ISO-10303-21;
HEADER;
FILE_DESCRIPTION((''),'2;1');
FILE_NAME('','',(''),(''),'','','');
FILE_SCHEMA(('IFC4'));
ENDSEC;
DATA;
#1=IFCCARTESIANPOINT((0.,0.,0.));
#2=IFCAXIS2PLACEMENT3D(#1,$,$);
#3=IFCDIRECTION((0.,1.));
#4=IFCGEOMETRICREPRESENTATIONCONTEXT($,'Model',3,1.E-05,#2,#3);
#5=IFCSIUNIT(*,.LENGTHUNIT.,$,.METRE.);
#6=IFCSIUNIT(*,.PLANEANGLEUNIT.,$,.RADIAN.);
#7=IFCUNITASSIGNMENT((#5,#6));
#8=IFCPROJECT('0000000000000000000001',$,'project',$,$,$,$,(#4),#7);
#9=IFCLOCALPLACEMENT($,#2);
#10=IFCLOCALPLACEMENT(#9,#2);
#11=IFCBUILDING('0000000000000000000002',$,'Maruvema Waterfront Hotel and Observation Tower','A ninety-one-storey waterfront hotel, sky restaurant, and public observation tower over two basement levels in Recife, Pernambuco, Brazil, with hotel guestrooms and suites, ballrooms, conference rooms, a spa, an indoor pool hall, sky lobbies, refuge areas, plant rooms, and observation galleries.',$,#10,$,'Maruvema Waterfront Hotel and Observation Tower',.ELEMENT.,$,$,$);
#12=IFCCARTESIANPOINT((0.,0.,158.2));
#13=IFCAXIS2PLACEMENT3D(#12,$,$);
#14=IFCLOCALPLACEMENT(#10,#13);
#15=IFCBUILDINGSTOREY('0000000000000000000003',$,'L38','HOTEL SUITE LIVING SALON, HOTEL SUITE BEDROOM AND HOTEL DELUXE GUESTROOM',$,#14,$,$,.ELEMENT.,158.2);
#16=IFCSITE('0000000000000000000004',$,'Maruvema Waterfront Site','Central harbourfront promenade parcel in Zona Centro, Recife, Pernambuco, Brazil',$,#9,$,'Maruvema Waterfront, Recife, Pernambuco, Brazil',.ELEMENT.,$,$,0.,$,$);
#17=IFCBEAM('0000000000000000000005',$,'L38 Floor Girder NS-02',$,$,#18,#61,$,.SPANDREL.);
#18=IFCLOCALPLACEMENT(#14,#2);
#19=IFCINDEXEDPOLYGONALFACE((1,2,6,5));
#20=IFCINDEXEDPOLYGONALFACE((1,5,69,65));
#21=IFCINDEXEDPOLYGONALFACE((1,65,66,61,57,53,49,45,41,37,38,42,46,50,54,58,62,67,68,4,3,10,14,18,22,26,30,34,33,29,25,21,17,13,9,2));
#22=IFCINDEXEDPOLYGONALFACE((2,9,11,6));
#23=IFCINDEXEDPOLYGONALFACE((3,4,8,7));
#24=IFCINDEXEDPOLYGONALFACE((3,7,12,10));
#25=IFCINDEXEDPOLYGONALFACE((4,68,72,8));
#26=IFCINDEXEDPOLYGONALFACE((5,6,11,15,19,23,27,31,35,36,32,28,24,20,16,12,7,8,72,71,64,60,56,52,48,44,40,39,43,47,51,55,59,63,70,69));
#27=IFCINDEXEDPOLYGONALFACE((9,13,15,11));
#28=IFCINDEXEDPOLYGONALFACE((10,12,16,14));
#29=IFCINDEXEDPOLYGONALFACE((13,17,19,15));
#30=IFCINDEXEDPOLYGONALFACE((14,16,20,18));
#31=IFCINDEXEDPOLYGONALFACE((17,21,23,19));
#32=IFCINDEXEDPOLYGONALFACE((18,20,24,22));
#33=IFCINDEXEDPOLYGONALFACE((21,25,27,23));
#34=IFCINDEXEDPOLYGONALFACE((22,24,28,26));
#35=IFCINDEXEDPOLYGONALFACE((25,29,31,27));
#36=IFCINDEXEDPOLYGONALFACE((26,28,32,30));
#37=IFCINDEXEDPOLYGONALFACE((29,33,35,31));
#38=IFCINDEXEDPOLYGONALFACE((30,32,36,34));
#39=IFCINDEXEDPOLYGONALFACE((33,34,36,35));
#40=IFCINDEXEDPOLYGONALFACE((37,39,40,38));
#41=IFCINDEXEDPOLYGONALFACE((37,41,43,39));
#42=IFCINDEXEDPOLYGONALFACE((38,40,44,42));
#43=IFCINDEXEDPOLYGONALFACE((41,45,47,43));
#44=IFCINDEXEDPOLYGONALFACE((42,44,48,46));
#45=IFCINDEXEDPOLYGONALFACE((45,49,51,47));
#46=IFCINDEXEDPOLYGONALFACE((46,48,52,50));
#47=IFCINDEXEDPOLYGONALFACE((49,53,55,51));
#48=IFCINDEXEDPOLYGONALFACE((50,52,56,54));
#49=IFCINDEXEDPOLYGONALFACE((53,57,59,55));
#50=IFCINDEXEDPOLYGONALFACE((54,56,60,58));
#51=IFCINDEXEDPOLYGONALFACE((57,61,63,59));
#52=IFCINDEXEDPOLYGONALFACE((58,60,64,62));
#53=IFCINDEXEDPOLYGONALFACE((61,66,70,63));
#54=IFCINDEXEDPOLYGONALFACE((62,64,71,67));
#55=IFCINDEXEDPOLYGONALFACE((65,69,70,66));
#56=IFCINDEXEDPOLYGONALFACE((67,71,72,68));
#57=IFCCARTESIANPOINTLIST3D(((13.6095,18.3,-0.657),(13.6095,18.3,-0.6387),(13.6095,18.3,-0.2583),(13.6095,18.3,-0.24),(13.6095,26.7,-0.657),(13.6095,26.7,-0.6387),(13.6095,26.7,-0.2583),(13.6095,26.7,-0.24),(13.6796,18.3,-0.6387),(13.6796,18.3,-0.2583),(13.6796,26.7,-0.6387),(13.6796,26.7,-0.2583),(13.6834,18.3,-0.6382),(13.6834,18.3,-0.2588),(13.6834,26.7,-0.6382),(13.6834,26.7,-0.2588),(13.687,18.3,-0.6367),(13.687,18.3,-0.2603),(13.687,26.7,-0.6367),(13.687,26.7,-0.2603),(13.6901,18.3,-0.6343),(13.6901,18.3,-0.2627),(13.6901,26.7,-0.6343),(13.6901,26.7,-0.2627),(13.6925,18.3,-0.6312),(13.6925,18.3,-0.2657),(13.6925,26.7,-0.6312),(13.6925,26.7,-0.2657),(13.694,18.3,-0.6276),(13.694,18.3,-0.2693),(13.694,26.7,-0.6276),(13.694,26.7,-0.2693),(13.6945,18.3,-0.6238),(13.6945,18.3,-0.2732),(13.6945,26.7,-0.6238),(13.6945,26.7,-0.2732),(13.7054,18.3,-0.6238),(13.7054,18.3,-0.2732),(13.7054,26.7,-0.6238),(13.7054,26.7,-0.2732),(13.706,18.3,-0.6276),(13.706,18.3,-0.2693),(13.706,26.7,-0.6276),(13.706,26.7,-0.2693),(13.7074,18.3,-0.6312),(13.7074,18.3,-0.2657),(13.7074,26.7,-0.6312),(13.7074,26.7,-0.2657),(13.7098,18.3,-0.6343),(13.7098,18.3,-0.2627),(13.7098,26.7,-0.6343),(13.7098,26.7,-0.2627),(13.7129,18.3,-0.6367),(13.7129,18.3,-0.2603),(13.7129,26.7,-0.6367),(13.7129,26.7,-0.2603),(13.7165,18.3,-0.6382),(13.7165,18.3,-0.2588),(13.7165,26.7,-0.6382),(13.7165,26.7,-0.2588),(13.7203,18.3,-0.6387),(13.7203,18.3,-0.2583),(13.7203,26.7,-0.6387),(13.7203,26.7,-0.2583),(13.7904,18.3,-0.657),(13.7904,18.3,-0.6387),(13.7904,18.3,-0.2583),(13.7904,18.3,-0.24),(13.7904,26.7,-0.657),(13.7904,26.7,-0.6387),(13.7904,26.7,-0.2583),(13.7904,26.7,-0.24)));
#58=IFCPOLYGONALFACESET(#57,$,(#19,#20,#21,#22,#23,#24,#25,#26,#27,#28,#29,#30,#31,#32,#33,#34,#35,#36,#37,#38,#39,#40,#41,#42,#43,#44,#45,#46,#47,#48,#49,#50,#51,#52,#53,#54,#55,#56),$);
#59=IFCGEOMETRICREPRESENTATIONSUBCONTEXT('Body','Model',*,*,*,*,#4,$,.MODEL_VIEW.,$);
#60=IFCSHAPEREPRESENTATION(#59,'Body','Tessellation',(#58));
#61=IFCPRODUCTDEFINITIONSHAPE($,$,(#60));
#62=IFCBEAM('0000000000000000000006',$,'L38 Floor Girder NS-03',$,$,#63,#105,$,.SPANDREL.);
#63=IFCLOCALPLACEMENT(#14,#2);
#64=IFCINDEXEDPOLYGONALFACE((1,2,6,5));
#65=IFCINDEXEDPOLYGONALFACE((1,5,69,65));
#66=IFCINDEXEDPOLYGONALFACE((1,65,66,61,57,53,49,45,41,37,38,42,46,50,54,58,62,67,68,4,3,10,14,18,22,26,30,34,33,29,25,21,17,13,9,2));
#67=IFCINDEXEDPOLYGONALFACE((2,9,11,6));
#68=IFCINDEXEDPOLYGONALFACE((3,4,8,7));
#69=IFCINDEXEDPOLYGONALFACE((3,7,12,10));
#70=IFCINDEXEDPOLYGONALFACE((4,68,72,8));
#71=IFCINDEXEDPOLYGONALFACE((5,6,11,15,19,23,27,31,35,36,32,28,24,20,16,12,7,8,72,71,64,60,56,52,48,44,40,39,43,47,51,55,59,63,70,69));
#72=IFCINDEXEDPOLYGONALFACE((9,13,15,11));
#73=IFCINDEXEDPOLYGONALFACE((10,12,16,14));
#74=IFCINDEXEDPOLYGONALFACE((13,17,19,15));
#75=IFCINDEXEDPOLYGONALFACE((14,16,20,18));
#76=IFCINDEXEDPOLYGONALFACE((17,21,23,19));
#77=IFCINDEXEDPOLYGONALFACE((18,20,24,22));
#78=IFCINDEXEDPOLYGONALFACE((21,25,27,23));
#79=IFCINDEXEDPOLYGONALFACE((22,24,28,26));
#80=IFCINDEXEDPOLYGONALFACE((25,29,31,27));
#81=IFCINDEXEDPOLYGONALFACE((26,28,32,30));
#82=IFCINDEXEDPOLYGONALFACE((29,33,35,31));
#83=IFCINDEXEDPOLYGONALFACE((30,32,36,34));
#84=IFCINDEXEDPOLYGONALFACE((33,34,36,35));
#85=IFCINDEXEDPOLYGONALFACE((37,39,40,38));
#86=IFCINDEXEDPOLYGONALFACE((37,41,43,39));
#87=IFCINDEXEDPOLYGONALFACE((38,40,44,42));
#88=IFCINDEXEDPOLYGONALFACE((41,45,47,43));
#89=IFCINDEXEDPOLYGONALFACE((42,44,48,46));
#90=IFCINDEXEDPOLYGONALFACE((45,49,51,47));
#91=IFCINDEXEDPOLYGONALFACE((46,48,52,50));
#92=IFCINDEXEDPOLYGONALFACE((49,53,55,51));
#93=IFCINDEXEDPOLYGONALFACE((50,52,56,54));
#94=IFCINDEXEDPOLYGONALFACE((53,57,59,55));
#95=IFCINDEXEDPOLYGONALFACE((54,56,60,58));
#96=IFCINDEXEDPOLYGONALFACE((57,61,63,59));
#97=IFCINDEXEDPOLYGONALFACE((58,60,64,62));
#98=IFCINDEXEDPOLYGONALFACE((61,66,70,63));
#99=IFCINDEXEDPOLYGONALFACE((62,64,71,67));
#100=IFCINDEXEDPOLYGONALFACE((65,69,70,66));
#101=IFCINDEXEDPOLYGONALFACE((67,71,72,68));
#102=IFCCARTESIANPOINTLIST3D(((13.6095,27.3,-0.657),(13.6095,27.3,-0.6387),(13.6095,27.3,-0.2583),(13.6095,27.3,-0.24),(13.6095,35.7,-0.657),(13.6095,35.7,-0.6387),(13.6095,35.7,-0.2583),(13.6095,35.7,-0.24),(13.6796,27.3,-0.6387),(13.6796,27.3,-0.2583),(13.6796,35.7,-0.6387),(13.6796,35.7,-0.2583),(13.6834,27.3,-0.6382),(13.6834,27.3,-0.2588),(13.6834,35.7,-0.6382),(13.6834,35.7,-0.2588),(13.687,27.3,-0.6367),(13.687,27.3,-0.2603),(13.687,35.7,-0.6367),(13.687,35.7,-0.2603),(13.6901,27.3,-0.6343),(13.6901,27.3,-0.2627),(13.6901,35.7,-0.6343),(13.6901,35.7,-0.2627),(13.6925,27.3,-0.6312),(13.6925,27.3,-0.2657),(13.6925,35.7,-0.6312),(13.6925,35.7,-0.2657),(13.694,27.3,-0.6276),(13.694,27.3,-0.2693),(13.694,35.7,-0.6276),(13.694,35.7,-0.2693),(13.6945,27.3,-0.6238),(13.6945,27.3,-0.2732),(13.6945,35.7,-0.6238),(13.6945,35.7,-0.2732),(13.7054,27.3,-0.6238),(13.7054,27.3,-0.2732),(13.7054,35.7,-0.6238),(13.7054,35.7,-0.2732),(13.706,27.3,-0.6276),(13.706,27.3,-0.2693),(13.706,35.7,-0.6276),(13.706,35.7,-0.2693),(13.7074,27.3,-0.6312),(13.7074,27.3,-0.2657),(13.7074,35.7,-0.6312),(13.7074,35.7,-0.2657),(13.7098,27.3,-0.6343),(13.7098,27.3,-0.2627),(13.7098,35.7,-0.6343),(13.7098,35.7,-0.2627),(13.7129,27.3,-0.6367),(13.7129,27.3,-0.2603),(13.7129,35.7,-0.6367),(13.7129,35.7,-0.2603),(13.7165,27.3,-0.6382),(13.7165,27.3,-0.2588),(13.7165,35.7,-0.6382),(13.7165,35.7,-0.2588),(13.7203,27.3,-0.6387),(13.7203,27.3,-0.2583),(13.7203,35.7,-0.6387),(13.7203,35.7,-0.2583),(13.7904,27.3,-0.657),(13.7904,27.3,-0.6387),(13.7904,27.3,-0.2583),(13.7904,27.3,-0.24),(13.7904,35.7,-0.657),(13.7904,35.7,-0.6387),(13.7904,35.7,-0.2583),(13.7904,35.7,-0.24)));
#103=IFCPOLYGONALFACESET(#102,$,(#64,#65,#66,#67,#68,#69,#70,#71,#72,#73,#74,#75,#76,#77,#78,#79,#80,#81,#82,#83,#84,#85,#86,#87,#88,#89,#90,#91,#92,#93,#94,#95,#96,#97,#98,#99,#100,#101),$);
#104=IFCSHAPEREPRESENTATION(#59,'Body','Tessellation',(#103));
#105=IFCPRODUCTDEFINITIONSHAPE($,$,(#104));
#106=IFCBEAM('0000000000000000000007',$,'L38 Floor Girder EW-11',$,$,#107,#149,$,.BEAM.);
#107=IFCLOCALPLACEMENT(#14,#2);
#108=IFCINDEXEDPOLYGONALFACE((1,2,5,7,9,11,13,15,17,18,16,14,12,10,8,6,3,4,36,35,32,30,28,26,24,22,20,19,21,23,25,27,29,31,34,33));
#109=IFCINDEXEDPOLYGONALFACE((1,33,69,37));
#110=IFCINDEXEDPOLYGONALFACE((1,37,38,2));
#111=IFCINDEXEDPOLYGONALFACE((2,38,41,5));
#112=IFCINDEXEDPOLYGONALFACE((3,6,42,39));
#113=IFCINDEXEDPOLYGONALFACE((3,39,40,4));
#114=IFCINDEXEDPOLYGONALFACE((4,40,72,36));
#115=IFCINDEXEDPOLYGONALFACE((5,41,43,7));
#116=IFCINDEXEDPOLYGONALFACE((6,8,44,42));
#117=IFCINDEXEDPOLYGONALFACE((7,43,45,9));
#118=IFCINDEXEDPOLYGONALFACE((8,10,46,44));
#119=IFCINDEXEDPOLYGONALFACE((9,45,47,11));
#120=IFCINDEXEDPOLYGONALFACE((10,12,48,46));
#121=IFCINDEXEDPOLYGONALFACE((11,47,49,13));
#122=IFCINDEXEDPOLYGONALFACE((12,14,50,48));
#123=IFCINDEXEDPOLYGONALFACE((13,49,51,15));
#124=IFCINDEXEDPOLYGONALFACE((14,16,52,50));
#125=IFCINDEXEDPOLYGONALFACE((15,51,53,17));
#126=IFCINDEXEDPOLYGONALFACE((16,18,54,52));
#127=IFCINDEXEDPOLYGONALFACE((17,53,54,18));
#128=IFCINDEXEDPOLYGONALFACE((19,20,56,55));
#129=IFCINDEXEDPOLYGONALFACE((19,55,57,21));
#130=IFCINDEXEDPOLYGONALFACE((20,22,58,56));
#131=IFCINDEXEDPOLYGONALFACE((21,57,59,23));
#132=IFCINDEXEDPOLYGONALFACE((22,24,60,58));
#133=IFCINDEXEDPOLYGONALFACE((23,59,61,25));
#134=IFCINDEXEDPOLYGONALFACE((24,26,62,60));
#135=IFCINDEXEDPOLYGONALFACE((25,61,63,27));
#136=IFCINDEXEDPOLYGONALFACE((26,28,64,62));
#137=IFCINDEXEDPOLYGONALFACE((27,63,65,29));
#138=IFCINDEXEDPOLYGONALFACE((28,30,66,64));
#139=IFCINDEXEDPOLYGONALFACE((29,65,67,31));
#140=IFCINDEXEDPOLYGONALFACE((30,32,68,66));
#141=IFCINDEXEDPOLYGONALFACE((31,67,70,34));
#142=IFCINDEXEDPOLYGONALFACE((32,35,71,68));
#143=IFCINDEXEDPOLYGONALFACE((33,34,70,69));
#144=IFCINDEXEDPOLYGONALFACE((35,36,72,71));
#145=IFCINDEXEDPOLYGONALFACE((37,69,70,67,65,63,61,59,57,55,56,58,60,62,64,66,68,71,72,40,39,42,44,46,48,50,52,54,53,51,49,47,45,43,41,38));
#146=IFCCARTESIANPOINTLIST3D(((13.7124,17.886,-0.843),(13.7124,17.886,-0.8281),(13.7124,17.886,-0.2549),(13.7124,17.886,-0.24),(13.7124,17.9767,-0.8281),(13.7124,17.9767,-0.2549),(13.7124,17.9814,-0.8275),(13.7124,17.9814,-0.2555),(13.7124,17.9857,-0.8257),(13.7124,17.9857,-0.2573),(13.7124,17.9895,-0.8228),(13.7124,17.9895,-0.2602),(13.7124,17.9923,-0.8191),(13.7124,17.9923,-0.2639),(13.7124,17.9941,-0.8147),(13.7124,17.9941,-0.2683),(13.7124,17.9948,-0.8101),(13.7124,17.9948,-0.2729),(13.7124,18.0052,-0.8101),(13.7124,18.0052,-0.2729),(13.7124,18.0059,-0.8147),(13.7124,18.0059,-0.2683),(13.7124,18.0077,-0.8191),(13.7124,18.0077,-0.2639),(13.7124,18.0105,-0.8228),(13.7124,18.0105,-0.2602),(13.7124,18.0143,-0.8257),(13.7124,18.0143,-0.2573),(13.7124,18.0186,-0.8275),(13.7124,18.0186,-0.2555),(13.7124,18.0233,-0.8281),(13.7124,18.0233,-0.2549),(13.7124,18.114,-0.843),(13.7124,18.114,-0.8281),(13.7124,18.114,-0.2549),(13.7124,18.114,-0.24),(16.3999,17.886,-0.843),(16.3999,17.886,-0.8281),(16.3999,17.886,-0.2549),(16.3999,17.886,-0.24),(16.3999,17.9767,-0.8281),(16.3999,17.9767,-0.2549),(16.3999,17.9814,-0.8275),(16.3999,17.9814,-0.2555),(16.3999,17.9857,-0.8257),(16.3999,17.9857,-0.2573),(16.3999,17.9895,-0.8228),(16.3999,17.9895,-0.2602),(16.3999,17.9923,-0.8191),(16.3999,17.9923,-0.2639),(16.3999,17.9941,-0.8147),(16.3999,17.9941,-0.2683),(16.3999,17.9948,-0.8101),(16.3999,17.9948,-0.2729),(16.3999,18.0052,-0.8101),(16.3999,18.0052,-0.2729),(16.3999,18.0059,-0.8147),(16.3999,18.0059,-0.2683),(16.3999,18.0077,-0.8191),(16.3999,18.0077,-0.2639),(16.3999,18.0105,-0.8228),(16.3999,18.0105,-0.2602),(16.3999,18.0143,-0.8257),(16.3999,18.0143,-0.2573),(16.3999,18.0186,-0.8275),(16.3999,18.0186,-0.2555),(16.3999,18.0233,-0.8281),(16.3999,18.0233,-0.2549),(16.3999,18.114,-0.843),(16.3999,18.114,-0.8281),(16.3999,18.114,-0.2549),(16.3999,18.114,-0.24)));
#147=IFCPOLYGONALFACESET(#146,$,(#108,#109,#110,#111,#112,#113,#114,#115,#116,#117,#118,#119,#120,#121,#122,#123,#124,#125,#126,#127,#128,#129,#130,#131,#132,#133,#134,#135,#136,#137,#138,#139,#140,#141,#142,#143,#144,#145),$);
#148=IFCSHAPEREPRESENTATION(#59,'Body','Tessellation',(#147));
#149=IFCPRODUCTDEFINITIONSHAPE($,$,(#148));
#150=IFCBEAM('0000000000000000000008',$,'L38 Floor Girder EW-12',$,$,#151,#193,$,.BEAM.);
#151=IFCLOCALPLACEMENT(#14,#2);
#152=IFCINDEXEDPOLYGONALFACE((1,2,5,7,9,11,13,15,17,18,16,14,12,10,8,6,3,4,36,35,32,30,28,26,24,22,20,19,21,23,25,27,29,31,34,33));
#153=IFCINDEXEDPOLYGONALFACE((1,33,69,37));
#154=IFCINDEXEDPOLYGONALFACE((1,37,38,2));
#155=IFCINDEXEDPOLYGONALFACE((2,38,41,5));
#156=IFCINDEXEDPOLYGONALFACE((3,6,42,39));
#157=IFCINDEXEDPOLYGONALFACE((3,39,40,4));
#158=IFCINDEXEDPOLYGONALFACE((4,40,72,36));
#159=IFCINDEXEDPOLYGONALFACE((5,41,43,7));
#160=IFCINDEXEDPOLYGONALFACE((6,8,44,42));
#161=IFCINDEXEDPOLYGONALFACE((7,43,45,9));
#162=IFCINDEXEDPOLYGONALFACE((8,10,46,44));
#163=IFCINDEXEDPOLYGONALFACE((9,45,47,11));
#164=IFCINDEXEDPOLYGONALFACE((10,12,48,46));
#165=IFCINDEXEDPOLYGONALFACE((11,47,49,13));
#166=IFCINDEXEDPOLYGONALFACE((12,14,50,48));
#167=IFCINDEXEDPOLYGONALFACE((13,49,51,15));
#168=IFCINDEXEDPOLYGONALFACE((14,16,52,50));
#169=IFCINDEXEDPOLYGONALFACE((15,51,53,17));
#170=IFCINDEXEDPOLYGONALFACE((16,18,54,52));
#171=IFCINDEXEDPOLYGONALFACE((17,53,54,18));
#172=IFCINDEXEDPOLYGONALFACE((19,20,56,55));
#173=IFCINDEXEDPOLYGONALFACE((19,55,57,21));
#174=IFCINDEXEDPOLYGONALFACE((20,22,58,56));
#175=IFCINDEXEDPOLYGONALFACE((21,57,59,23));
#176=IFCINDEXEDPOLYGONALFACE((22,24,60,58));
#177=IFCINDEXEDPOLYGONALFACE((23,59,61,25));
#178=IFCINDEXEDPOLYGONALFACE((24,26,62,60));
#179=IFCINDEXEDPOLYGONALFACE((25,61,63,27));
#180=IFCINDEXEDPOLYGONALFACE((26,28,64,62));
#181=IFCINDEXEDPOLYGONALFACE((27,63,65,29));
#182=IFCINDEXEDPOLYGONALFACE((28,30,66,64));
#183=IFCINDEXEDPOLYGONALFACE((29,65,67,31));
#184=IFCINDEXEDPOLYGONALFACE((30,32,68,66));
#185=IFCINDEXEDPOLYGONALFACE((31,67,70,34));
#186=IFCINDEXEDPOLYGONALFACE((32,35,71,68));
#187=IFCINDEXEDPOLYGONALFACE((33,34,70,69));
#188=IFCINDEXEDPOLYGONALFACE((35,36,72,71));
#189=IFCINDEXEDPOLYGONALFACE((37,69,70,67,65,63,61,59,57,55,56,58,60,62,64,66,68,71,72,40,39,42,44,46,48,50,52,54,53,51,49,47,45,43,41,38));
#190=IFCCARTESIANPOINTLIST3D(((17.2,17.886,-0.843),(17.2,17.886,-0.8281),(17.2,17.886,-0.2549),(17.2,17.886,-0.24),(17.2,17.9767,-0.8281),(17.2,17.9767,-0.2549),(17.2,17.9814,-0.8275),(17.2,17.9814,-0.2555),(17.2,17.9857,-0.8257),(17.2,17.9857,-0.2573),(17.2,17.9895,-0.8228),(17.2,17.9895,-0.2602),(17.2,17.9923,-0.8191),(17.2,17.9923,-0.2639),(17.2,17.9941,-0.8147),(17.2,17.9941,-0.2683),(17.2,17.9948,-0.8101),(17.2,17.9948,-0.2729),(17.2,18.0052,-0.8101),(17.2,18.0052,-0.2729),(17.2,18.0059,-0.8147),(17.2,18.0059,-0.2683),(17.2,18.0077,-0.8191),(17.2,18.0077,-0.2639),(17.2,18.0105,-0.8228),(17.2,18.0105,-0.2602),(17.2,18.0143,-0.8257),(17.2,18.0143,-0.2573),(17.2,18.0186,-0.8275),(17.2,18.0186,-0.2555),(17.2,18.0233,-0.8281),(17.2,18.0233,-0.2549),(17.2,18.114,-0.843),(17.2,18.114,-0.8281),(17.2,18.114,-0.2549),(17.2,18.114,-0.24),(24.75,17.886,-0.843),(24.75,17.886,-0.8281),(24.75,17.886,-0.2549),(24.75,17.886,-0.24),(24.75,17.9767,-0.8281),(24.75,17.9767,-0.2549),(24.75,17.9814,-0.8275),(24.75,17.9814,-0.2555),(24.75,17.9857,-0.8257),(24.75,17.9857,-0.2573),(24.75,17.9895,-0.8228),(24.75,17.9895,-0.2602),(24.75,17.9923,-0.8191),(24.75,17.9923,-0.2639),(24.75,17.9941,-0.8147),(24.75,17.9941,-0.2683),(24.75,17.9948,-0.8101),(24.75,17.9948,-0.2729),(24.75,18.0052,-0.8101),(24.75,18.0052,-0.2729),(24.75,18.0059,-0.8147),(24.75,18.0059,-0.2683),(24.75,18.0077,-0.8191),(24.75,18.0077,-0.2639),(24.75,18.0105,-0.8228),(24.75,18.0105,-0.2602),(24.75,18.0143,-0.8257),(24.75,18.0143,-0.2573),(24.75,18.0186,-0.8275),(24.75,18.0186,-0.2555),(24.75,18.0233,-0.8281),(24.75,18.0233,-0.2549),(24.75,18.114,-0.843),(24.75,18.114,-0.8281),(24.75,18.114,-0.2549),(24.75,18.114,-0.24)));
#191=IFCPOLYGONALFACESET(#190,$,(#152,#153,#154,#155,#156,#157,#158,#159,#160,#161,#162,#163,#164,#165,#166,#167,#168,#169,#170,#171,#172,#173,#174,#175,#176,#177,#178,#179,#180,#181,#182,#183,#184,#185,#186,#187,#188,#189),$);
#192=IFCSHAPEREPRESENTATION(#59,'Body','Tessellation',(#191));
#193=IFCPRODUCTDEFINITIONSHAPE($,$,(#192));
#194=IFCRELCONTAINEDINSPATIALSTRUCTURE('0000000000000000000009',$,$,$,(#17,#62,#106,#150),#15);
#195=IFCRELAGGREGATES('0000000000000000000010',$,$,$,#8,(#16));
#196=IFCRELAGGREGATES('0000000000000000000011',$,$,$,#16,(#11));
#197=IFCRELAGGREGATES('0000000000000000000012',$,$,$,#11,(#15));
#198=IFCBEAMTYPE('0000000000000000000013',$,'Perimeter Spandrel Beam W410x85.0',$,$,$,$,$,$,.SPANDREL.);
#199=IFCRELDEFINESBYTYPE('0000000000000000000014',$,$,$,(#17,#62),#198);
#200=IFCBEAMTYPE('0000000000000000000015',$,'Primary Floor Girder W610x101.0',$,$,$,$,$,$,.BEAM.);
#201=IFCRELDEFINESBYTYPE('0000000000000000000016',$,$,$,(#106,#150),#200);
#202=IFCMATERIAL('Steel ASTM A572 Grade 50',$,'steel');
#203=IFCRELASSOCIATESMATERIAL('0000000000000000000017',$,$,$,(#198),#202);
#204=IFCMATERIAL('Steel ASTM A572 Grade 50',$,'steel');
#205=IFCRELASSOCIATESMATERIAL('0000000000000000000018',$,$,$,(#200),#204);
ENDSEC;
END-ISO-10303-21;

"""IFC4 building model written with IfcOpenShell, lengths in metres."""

from ifc_helpers import new_model, si_unit, direction, frame, origin, origin_2d, place, context, subcontext, project, spatial, i_section, extrude, material, material_profile, profile_set, type_object, element, save


model = new_model("IFC4")

# Units and contexts
model_context = context("Model", 3, precision=1e-05, world=origin(), true_north=direction((0.0, 1.0)))
body_context = subcontext(model_context, "Body", "Model", "MODEL_VIEW")
ifc_project = project(units=[si_unit("LENGTHUNIT", "METRE"), si_unit("PLANEANGLEUNIT", "RADIAN")], contexts=[model_context])

# Site, building, storey
site_placement = place(None, origin())
site = spatial("IfcSite", under=ifc_project, at=site_placement, Name="Maruvema Waterfront Site", Description="Central harbourfront promenade parcel in Zona Centro, Recife, Pernambuco, Brazil", LongName="Maruvema Waterfront, Recife, Pernambuco, Brazil", CompositionType="ELEMENT", RefElevation=0.0)
building_placement = place(site_placement, origin())
building = spatial("IfcBuilding", under=site, at=building_placement, Name="Maruvema Waterfront Hotel and Observation Tower", Description="A ninety-one-storey waterfront hotel, sky restaurant, and public observation tower over two basement levels in Recife, Pernambuco, Brazil, with hotel guestrooms and suites, ballrooms, conference rooms, a spa, an indoor pool hall, sky lobbies, refuge areas, plant rooms, and observation galleries.", LongName="Maruvema Waterfront Hotel and Observation Tower", CompositionType="ELEMENT")
storey_placement = place(building_placement, frame((0.0, 0.0, 158.2)))
storey = spatial("IfcBuildingStorey", under=building, at=storey_placement, Name="L38", Description="HOTEL SUITE LIVING SALON, HOTEL SUITE BEDROOM AND HOTEL DELUXE GUESTROOM", CompositionType="ELEMENT", Elevation=158.2)

# Beams
ifc_material_1 = material(Name="Steel ASTM A572 Grade 50", Category="steel")
ifc_material_profile_1 = material_profile(ifc_material_1, i_section(OverallWidth=0.1809, OverallDepth=0.417, WebThickness=0.011, FlangeThickness=0.0183, FilletRadius=0.0149, at=origin_2d()), Name="W410x85.0")
ifc_profile_set_1 = profile_set([ifc_material_profile_1], Name="Steel ASTM A572 Grade 50")
beam_type_1 = type_object("IfcBeamType", Name="Perimeter Spandrel Beam W410x85.0", PredefinedType="SPANDREL", material=ifc_profile_set_1)
for number, where, z_axis, x_axis, name in (
    (1, (13.7, 18.3, -0.4485), (0.0, 1.0, 0.0), (-1.0, 0.0, 0.0), "L38 Floor Girder NS-02"),
    (2, (13.7, 27.3, -0.4485), (0.0, 1.0, 0.0), (-1.0, 0.0, 0.0), "L38 Floor Girder NS-03"),
):
    element("IfcBeam", number, at=place(storey_placement, frame(where, z_axis=z_axis, x_axis=x_axis)), inside=storey, type_object=beam_type_1, Name=name, PredefinedType="SPANDREL", context=body_context, shape_type="SweptSolid", body=[
        extrude(i_section(OverallWidth=0.1809, OverallDepth=0.417, WebThickness=0.011, FlangeThickness=0.0183, FilletRadius=0.0149, at=origin_2d()), origin(), (0.0, 0.0, 1.0), 8.3999),
    ])
ifc_material_2 = material(Name="Steel ASTM A572 Grade 50", Category="steel")
ifc_material_profile_2 = material_profile(ifc_material_2, i_section(OverallWidth=0.228, OverallDepth=0.603, WebThickness=0.0105, FlangeThickness=0.0149, FilletRadius=0.0181, at=origin_2d()), Name="W610x101.0")
ifc_profile_set_2 = profile_set([ifc_material_profile_2], Name="Steel ASTM A572 Grade 50")
beam_type_2 = type_object("IfcBeamType", Name="Primary Floor Girder W610x101.0", PredefinedType="BEAM", material=ifc_profile_set_2)
beam_1_placement = place(storey_placement, frame((13.7124, 18.0, -0.5415), z_axis=(1.0, 0.0, 0.0), x_axis=(0.0, 1.0, 0.0)))
element("IfcBeam", 3, at=beam_1_placement, inside=storey, type_object=beam_type_2, Name="L38 Floor Girder EW-11", PredefinedType="BEAM", context=body_context, shape_type="SweptSolid", body=[
    extrude(i_section(OverallWidth=0.228, OverallDepth=0.603, WebThickness=0.0105, FlangeThickness=0.0149, FilletRadius=0.0181, at=origin_2d()), origin(), (0.0, 0.0, 1.0), 2.6875),
])
beam_2_placement = place(storey_placement, frame((17.2, 18.0, -0.5415), z_axis=(1.0, 0.0, 0.0), x_axis=(0.0, 1.0, 0.0)))
element("IfcBeam", 4, at=beam_2_placement, inside=storey, type_object=beam_type_2, Name="L38 Floor Girder EW-12", PredefinedType="BEAM", context=body_context, shape_type="SweptSolid", body=[
    extrude(i_section(OverallWidth=0.228, OverallDepth=0.603, WebThickness=0.0105, FlangeThickness=0.0149, FilletRadius=0.0181, at=origin_2d()), origin(), (0.0, 0.0, 1.0), 7.55),
])

save(model, "model.ifc")
